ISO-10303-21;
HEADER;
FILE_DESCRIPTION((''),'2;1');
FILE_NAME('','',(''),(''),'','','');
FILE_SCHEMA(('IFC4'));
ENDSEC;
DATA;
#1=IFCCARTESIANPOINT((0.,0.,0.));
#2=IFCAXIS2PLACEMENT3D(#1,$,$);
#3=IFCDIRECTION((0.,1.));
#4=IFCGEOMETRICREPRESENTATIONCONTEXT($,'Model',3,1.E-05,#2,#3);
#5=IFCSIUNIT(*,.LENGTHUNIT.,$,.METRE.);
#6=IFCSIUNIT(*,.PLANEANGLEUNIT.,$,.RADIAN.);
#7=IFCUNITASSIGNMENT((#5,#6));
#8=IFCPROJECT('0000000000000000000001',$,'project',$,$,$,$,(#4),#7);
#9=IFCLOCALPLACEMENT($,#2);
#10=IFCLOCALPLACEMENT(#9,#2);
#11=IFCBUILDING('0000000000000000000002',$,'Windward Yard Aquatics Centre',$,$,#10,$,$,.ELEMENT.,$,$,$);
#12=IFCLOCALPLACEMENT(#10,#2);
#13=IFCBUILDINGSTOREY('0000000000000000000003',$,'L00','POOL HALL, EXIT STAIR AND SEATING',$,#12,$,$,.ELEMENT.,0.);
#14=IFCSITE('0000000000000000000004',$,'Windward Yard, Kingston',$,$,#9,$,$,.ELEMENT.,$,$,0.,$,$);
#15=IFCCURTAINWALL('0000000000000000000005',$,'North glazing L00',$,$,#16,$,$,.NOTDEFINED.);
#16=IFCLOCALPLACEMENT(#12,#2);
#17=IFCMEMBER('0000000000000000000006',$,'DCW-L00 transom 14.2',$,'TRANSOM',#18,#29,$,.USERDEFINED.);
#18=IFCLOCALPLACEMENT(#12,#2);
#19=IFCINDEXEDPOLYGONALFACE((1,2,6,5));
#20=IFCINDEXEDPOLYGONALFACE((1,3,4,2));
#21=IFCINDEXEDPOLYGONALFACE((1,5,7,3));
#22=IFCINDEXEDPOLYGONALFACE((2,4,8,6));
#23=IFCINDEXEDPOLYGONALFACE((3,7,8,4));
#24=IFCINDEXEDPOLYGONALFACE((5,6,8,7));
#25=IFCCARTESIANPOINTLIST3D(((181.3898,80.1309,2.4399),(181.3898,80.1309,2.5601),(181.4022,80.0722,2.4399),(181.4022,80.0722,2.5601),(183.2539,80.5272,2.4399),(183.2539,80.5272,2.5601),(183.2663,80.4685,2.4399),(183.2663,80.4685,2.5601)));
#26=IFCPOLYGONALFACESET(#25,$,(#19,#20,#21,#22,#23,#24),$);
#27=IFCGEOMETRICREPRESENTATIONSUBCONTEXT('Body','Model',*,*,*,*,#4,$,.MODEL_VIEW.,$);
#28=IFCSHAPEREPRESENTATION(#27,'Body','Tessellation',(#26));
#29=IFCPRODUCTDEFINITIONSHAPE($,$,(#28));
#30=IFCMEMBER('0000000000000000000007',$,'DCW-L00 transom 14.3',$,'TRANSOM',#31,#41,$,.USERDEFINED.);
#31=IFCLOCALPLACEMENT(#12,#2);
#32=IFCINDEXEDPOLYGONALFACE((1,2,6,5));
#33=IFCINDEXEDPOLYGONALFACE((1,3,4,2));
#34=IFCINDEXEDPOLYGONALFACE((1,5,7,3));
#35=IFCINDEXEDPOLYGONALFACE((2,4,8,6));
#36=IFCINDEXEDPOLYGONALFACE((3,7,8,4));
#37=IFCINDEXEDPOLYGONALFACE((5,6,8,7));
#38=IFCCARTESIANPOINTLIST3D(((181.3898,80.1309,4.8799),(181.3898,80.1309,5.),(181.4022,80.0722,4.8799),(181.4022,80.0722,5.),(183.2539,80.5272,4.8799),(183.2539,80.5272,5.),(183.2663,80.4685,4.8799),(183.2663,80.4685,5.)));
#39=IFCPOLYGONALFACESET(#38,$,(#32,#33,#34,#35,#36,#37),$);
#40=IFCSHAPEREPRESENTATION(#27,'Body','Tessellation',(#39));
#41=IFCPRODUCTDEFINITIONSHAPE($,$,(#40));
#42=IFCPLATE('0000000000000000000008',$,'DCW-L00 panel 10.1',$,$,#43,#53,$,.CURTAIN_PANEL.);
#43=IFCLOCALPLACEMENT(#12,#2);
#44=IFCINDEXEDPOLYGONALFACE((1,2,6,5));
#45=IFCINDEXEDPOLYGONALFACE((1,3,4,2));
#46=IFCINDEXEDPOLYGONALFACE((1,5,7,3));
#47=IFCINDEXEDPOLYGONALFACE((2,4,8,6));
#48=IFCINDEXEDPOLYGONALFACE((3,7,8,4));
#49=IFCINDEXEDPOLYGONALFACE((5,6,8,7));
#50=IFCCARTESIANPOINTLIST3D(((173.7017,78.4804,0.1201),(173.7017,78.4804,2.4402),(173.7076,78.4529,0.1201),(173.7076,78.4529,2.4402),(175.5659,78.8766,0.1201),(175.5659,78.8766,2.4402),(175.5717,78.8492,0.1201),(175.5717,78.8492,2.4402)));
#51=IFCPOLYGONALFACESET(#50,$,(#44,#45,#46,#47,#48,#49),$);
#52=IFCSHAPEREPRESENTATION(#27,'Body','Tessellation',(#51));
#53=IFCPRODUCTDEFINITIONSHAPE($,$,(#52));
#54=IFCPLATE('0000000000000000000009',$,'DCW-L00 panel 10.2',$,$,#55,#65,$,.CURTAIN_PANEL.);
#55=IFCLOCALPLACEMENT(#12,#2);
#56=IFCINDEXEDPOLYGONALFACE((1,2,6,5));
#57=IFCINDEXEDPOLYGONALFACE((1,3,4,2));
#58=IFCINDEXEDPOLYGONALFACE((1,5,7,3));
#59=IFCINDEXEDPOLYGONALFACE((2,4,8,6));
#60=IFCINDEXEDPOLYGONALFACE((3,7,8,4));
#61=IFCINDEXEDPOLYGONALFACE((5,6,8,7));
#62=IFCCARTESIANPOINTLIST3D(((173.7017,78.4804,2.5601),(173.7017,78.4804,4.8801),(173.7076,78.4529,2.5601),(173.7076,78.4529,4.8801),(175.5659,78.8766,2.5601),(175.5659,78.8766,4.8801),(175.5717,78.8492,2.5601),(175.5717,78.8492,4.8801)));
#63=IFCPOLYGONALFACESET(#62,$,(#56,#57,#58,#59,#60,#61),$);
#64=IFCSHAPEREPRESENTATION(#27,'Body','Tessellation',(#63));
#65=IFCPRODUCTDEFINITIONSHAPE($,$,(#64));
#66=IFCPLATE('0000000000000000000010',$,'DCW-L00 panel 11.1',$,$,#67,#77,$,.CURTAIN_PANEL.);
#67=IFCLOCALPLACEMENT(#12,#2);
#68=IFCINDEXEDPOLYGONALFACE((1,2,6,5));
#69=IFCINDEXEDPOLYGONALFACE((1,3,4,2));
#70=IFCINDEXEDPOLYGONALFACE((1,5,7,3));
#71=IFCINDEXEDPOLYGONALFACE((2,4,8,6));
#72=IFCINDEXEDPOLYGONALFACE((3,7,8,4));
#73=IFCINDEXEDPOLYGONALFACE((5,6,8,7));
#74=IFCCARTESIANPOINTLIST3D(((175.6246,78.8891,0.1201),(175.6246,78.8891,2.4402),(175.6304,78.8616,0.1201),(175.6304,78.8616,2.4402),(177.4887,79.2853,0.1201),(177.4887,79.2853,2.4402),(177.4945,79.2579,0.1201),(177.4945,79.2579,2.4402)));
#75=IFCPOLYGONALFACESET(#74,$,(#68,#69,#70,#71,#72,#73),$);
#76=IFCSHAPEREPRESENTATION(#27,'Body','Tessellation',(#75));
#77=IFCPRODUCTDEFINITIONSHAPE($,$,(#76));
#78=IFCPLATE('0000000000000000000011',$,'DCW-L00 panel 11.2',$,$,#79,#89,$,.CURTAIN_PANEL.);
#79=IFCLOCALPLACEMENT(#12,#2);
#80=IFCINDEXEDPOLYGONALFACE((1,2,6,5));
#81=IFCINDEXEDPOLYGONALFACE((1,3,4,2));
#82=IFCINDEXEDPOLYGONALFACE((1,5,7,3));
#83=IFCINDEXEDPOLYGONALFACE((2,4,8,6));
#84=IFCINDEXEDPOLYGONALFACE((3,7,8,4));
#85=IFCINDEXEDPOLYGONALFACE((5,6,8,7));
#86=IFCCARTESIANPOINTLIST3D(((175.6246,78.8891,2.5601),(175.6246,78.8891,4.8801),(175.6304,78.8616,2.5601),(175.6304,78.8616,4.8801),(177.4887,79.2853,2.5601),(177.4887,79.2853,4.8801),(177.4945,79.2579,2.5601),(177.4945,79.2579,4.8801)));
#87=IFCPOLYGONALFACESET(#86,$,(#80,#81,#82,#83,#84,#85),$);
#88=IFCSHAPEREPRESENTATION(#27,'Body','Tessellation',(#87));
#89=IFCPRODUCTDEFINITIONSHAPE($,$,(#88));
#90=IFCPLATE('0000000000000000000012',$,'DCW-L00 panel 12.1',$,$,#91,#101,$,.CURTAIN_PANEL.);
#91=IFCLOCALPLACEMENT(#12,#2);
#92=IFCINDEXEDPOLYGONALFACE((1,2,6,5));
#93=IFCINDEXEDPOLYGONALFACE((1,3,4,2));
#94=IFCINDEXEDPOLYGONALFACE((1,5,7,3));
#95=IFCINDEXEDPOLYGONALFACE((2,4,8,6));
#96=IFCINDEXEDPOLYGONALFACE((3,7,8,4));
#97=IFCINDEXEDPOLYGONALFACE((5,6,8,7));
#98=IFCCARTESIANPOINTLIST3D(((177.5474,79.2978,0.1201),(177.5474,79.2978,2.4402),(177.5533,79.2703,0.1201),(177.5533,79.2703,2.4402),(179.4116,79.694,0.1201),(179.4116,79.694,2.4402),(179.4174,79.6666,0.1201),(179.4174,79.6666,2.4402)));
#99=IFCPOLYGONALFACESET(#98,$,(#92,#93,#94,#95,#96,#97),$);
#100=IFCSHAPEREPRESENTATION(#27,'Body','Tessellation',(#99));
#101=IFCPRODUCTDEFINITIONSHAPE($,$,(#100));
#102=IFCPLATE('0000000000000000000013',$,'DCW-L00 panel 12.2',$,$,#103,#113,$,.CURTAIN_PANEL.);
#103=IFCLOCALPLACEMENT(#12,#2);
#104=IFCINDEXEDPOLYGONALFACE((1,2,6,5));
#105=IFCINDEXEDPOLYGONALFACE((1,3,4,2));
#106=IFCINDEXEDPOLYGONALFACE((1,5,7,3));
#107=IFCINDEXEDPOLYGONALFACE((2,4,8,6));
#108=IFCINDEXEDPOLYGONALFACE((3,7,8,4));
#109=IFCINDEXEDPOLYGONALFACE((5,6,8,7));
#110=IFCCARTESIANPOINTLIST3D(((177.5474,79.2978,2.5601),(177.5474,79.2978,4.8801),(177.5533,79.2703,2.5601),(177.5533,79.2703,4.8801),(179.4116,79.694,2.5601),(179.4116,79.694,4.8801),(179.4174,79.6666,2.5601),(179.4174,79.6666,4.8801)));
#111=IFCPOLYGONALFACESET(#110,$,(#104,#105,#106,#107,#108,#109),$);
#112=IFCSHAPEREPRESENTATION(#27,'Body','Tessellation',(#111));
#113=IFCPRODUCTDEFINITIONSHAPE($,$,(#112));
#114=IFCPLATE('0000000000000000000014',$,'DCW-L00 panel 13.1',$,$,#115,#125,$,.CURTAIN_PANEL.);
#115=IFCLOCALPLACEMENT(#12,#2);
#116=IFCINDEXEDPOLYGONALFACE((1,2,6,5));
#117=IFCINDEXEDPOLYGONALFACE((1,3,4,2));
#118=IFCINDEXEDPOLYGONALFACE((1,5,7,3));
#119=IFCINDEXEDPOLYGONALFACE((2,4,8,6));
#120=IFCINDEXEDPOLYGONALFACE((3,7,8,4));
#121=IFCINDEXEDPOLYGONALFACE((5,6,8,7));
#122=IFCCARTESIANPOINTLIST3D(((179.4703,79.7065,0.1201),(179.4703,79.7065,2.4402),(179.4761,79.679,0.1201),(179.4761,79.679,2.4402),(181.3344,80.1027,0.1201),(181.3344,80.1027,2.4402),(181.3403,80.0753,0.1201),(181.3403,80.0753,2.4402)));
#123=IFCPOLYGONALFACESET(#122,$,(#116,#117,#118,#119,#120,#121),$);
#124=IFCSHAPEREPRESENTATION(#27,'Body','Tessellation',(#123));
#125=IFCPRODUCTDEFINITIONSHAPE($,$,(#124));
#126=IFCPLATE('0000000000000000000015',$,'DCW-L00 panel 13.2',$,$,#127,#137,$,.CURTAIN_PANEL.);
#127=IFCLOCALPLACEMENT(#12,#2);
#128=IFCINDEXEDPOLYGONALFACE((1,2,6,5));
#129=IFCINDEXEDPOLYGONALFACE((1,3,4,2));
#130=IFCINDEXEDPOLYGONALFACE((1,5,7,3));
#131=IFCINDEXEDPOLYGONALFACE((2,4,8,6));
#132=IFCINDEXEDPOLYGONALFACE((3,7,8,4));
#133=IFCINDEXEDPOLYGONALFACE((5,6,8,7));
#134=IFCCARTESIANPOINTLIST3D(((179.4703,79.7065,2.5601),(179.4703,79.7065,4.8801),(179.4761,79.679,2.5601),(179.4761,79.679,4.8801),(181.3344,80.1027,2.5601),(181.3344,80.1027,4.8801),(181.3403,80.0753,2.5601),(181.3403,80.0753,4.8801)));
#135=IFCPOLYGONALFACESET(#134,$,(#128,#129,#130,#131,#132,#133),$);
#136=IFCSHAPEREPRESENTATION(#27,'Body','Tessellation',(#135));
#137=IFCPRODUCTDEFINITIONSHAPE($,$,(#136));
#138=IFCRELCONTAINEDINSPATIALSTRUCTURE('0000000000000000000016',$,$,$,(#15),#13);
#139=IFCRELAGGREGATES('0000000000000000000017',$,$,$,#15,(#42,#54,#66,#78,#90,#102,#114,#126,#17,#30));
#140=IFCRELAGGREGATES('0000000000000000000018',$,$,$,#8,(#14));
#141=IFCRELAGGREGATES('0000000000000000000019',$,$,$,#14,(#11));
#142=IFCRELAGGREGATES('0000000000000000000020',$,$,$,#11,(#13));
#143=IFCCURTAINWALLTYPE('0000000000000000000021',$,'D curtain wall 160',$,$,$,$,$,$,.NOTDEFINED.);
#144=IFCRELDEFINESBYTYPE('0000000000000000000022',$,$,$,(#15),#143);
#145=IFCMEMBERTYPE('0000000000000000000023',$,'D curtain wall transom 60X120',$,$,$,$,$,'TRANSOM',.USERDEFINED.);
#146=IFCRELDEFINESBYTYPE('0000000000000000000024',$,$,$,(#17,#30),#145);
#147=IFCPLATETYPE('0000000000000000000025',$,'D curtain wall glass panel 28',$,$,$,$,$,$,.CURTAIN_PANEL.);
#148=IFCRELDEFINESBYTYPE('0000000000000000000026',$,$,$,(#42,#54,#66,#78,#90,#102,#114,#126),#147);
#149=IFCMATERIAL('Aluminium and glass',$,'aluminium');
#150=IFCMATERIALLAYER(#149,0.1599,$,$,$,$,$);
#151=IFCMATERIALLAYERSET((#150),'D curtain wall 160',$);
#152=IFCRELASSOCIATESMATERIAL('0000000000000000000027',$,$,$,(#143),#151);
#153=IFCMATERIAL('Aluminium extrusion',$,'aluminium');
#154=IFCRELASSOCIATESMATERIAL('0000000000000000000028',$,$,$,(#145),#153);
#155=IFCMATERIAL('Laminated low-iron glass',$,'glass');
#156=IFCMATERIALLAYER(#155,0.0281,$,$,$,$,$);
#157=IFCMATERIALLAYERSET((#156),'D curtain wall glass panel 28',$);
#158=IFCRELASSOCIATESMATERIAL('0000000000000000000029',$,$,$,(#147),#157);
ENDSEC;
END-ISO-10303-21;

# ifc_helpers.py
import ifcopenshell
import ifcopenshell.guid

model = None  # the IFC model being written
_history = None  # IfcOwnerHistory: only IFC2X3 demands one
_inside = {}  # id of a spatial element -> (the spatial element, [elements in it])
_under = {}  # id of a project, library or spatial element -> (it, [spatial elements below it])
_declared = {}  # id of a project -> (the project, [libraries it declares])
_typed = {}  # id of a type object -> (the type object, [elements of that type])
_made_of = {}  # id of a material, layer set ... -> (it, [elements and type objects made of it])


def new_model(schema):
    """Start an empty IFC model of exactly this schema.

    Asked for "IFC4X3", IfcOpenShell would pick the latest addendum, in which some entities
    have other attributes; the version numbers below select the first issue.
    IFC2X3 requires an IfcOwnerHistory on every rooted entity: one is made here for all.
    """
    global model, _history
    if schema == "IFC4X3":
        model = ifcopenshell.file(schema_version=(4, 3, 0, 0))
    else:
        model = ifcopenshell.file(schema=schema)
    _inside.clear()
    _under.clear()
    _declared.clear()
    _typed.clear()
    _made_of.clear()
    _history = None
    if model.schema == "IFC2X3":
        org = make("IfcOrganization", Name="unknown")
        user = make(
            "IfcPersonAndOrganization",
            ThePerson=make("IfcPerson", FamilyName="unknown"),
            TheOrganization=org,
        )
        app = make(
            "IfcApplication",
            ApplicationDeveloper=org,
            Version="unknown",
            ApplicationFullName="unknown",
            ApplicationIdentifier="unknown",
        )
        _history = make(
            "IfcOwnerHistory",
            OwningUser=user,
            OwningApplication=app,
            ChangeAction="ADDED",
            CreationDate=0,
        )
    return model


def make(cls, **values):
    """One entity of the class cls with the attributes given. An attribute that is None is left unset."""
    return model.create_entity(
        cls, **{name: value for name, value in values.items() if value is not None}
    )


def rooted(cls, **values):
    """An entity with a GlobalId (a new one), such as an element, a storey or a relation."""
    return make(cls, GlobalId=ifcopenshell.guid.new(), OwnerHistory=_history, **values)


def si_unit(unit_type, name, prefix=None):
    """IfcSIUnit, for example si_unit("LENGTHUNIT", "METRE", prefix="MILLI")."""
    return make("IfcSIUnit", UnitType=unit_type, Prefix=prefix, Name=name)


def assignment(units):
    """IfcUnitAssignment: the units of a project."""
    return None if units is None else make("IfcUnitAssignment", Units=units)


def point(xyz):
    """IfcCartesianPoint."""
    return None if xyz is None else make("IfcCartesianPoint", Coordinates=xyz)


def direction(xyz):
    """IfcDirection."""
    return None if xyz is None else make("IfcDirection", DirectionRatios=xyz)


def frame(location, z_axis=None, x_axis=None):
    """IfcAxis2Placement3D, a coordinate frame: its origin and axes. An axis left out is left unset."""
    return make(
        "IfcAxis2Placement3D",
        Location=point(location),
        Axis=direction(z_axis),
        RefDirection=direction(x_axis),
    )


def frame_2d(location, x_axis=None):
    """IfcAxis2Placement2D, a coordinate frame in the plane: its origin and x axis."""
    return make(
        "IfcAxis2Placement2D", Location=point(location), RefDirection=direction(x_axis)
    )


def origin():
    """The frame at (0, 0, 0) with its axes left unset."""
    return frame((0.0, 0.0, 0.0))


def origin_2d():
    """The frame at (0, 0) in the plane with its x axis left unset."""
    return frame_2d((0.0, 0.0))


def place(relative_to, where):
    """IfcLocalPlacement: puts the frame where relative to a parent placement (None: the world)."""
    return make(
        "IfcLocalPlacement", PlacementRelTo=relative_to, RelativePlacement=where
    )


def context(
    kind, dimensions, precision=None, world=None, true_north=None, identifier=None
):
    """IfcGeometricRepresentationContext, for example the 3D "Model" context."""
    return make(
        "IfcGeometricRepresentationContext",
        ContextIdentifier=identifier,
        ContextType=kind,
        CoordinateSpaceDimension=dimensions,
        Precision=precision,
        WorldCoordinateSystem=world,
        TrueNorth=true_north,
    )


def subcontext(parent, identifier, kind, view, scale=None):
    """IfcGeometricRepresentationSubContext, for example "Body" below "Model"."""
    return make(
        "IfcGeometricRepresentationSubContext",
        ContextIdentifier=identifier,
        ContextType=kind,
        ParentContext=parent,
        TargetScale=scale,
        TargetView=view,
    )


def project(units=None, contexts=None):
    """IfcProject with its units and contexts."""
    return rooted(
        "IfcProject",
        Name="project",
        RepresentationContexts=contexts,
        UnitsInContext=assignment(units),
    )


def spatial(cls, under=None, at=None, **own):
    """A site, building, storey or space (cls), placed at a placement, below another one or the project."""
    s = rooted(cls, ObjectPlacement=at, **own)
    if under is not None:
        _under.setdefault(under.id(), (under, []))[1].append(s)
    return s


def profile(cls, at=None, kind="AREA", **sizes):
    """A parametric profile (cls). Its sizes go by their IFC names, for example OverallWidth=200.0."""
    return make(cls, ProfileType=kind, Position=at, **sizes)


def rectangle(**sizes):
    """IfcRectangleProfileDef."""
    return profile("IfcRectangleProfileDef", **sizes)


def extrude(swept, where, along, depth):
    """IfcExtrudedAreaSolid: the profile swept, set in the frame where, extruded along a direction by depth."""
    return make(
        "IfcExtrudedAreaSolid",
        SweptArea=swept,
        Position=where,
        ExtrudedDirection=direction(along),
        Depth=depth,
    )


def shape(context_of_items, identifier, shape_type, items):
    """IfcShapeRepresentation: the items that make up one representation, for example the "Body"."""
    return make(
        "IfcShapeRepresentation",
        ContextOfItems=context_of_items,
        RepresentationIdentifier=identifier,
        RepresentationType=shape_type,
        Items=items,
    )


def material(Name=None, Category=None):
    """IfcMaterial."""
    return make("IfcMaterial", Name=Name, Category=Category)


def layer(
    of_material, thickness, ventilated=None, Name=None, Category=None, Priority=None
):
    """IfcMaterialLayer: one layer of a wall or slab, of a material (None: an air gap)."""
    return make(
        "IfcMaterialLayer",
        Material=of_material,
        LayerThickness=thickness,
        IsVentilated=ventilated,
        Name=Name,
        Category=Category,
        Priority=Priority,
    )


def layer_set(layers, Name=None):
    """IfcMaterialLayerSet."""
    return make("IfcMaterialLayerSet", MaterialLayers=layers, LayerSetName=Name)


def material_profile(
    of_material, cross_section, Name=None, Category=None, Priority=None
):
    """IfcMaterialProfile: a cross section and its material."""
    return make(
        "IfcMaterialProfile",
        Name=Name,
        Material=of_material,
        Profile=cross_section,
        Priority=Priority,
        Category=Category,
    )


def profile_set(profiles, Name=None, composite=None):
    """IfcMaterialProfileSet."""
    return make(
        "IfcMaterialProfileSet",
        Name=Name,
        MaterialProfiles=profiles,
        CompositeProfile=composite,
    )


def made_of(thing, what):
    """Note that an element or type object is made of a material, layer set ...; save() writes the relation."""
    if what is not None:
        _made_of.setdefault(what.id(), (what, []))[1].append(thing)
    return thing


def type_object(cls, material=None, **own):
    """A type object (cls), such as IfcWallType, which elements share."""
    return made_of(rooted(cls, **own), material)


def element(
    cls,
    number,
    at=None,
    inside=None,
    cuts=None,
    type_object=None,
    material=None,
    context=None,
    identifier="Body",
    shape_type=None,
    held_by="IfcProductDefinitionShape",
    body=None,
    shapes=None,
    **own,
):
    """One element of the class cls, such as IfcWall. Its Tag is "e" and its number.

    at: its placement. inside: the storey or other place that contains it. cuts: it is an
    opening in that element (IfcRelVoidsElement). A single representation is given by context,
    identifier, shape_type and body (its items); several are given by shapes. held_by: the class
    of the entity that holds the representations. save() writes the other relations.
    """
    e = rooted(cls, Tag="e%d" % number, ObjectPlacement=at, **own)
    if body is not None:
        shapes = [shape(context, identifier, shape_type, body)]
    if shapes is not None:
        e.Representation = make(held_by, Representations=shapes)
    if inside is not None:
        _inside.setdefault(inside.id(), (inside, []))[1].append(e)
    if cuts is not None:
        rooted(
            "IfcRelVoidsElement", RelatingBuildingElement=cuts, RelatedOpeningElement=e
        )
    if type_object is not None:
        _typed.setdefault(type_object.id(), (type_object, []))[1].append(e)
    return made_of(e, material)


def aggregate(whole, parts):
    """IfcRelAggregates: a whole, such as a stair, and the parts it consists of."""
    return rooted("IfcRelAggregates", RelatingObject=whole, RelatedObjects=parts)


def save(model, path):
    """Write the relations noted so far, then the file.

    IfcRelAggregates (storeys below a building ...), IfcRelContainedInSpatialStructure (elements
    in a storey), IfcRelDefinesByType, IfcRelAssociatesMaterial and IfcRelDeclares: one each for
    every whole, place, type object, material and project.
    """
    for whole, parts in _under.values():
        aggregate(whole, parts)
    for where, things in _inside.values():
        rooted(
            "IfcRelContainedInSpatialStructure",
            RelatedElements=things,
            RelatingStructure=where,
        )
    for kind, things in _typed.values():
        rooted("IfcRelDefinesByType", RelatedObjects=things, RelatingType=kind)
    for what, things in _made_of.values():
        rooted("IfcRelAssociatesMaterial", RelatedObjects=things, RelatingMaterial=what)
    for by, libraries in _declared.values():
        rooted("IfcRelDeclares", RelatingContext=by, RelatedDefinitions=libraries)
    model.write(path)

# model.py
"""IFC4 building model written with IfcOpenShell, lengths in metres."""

from ifc_helpers import new_model, si_unit, direction, frame, origin, origin_2d, place, context, subcontext, project, spatial, rectangle, extrude, material, layer, layer_set, material_profile, profile_set, type_object, element, aggregate, save


model = new_model("IFC4")

# Units and contexts
model_context = context("Model", 3, precision=1e-05, world=origin(), true_north=direction((0.0, 1.0)))
body_context = subcontext(model_context, "Body", "Model", "MODEL_VIEW")
ifc_project = project(units=[si_unit("LENGTHUNIT", "METRE"), si_unit("PLANEANGLEUNIT", "RADIAN")], contexts=[model_context])

# Site, building, storey
site_placement = place(None, origin())
site = spatial("IfcSite", under=ifc_project, at=site_placement, Name="Windward Yard, Kingston", CompositionType="ELEMENT", RefElevation=0.0)
building_placement = place(site_placement, origin())
building = spatial("IfcBuilding", under=site, at=building_placement, Name="Windward Yard Aquatics Centre", CompositionType="ELEMENT")
storey_placement = place(building_placement, origin())
storey = spatial("IfcBuildingStorey", under=building, at=storey_placement, Name="L00", Description="POOL HALL, EXIT STAIR AND SEATING", CompositionType="ELEMENT", Elevation=0.0)

# Curtain wall, members, plates
ifc_material_1 = material(Name="Aluminium and glass", Category="aluminium")
ifc_layer_1 = layer(ifc_material_1, 0.1599)
ifc_layer_set_1 = layer_set([ifc_layer_1], Name="D curtain wall 160")
curtain_wall_type = type_object("IfcCurtainWallType", Name="D curtain wall 160", PredefinedType="NOTDEFINED", material=ifc_layer_set_1)
curtain_wall_placement = place(storey_placement, origin())
curtain_wall = element("IfcCurtainWall", 1, at=curtain_wall_placement, inside=storey, type_object=curtain_wall_type, Name="North glazing L00", PredefinedType="NOTDEFINED")
ifc_material_2 = material(Name="Aluminium extrusion", Category="aluminium")
ifc_material_profile_1 = material_profile(ifc_material_2, rectangle(XDim=0.0601, YDim=0.1201, at=origin_2d()), Name="TRANSOM 60X120")
ifc_profile_set_1 = profile_set([ifc_material_profile_1], Name="Aluminium extrusion")
member_type_1 = type_object("IfcMemberType", Name="D curtain wall transom 60X120", ElementType="TRANSOM", PredefinedType="USERDEFINED", material=ifc_profile_set_1)
member_1_placement = place(storey_placement, frame((181.396, 80.1016, 2.5), z_axis=(0.978144, 0.207928, 0.0), x_axis=(-0.207928, 0.978144, 0.0)))
member_1 = element("IfcMember", 2, at=member_1_placement, type_object=member_type_1, Name="DCW-L00 transom 14.2", ObjectType="TRANSOM", PredefinedType="USERDEFINED", context=body_context, shape_type="SweptSolid", body=[
    extrude(rectangle(XDim=0.0601, YDim=0.1201, at=origin_2d()), origin(), (0.0, 0.0, 1.0), 1.9058),
])
member_2_placement = place(storey_placement, frame((181.396, 80.1016, 4.9399), z_axis=(0.978144, 0.207928, 0.0), x_axis=(-0.207928, 0.978144, 0.0)))
member_2 = element("IfcMember", 3, at=member_2_placement, type_object=member_type_1, Name="DCW-L00 transom 14.3", ObjectType="TRANSOM", PredefinedType="USERDEFINED", context=body_context, shape_type="SweptSolid", body=[
    extrude(rectangle(XDim=0.0601, YDim=0.1201, at=origin_2d()), origin(), (0.0, 0.0, 1.0), 1.9058),
])
ifc_material_3 = material(Name="Laminated low-iron glass", Category="glass")
ifc_layer_2 = layer(ifc_material_3, 0.0281)
ifc_layer_set_2 = layer_set([ifc_layer_2], Name="D curtain wall glass panel 28")
plate_type = type_object("IfcPlateType", Name="D curtain wall glass panel 28", PredefinedType="CURTAIN_PANEL", material=ifc_layer_set_2)
plate_1_placement = place(storey_placement, frame((174.6367, 78.6648, 0.1201), z_axis=(0.0, 0.0, 1.0), x_axis=(0.978148, 0.207912, 0.0)))
plate_1 = element("IfcPlate", 4, at=plate_1_placement, type_object=plate_type, Name="DCW-L00 panel 10.1", PredefinedType="CURTAIN_PANEL", context=body_context, shape_type="SweptSolid", body=[
    extrude(rectangle(XDim=1.9058, YDim=0.0281, at=origin_2d()), origin(), (0.0, 0.0, 1.0), 2.3201),
])
plate_2_placement = place(storey_placement, frame((174.6367, 78.6648, 2.5601), z_axis=(0.0, 0.0, 1.0), x_axis=(0.978148, 0.207912, 0.0)))
plate_2 = element("IfcPlate", 5, at=plate_2_placement, type_object=plate_type, Name="DCW-L00 panel 10.2", PredefinedType="CURTAIN_PANEL", context=body_context, shape_type="SweptSolid", body=[
    extrude(rectangle(XDim=1.9058, YDim=0.0281, at=origin_2d()), origin(), (0.0, 0.0, 1.0), 2.3201),
])
plate_3_placement = place(storey_placement, frame((176.5596, 79.0735, 0.1201), z_axis=(0.0, 0.0, 1.0), x_axis=(0.978148, 0.207912, 0.0)))
plate_3 = element("IfcPlate", 6, at=plate_3_placement, type_object=plate_type, Name="DCW-L00 panel 11.1", PredefinedType="CURTAIN_PANEL", context=body_context, shape_type="SweptSolid", body=[
    extrude(rectangle(XDim=1.9058, YDim=0.0281, at=origin_2d()), origin(), (0.0, 0.0, 1.0), 2.3201),
])
plate_4_placement = place(storey_placement, frame((176.5596, 79.0735, 2.5601), z_axis=(0.0, 0.0, 1.0), x_axis=(0.978148, 0.207912, 0.0)))
plate_4 = element("IfcPlate", 7, at=plate_4_placement, type_object=plate_type, Name="DCW-L00 panel 11.2", PredefinedType="CURTAIN_PANEL", context=body_context, shape_type="SweptSolid", body=[
    extrude(rectangle(XDim=1.9058, YDim=0.0281, at=origin_2d()), origin(), (0.0, 0.0, 1.0), 2.3201),
])
plate_5_placement = place(storey_placement, frame((178.4824, 79.4822, 0.1201), z_axis=(0.0, 0.0, 1.0), x_axis=(0.978148, 0.207912, 0.0)))
plate_5 = element("IfcPlate", 8, at=plate_5_placement, type_object=plate_type, Name="DCW-L00 panel 12.1", PredefinedType="CURTAIN_PANEL", context=body_context, shape_type="SweptSolid", body=[
    extrude(rectangle(XDim=1.9058, YDim=0.0281, at=origin_2d()), origin(), (0.0, 0.0, 1.0), 2.3201),
])
plate_6_placement = place(storey_placement, frame((178.4824, 79.4822, 2.5601), z_axis=(0.0, 0.0, 1.0), x_axis=(0.978148, 0.207912, 0.0)))
plate_6 = element("IfcPlate", 9, at=plate_6_placement, type_object=plate_type, Name="DCW-L00 panel 12.2", PredefinedType="CURTAIN_PANEL", context=body_context, shape_type="SweptSolid", body=[
    extrude(rectangle(XDim=1.9058, YDim=0.0281, at=origin_2d()), origin(), (0.0, 0.0, 1.0), 2.3201),
])
plate_7_placement = place(storey_placement, frame((180.4053, 79.8909, 0.1201), z_axis=(0.0, 0.0, 1.0), x_axis=(0.978148, 0.207912, 0.0)))
plate_7 = element("IfcPlate", 10, at=plate_7_placement, type_object=plate_type, Name="DCW-L00 panel 13.1", PredefinedType="CURTAIN_PANEL", context=body_context, shape_type="SweptSolid", body=[
    extrude(rectangle(XDim=1.9058, YDim=0.0281, at=origin_2d()), origin(), (0.0, 0.0, 1.0), 2.3201),
])
plate_8_placement = place(storey_placement, frame((180.4053, 79.8909, 2.5601), z_axis=(0.0, 0.0, 1.0), x_axis=(0.978148, 0.207912, 0.0)))
plate_8 = element("IfcPlate", 11, at=plate_8_placement, type_object=plate_type, Name="DCW-L00 panel 13.2", PredefinedType="CURTAIN_PANEL", context=body_context, shape_type="SweptSolid", body=[
    extrude(rectangle(XDim=1.9058, YDim=0.0281, at=origin_2d()), origin(), (0.0, 0.0, 1.0), 2.3201),
])
aggregate(curtain_wall, [plate_1, plate_2, plate_3, plate_4, plate_5, plate_6, plate_7, plate_8, member_1, member_2])

save(model, "model.ifc")
